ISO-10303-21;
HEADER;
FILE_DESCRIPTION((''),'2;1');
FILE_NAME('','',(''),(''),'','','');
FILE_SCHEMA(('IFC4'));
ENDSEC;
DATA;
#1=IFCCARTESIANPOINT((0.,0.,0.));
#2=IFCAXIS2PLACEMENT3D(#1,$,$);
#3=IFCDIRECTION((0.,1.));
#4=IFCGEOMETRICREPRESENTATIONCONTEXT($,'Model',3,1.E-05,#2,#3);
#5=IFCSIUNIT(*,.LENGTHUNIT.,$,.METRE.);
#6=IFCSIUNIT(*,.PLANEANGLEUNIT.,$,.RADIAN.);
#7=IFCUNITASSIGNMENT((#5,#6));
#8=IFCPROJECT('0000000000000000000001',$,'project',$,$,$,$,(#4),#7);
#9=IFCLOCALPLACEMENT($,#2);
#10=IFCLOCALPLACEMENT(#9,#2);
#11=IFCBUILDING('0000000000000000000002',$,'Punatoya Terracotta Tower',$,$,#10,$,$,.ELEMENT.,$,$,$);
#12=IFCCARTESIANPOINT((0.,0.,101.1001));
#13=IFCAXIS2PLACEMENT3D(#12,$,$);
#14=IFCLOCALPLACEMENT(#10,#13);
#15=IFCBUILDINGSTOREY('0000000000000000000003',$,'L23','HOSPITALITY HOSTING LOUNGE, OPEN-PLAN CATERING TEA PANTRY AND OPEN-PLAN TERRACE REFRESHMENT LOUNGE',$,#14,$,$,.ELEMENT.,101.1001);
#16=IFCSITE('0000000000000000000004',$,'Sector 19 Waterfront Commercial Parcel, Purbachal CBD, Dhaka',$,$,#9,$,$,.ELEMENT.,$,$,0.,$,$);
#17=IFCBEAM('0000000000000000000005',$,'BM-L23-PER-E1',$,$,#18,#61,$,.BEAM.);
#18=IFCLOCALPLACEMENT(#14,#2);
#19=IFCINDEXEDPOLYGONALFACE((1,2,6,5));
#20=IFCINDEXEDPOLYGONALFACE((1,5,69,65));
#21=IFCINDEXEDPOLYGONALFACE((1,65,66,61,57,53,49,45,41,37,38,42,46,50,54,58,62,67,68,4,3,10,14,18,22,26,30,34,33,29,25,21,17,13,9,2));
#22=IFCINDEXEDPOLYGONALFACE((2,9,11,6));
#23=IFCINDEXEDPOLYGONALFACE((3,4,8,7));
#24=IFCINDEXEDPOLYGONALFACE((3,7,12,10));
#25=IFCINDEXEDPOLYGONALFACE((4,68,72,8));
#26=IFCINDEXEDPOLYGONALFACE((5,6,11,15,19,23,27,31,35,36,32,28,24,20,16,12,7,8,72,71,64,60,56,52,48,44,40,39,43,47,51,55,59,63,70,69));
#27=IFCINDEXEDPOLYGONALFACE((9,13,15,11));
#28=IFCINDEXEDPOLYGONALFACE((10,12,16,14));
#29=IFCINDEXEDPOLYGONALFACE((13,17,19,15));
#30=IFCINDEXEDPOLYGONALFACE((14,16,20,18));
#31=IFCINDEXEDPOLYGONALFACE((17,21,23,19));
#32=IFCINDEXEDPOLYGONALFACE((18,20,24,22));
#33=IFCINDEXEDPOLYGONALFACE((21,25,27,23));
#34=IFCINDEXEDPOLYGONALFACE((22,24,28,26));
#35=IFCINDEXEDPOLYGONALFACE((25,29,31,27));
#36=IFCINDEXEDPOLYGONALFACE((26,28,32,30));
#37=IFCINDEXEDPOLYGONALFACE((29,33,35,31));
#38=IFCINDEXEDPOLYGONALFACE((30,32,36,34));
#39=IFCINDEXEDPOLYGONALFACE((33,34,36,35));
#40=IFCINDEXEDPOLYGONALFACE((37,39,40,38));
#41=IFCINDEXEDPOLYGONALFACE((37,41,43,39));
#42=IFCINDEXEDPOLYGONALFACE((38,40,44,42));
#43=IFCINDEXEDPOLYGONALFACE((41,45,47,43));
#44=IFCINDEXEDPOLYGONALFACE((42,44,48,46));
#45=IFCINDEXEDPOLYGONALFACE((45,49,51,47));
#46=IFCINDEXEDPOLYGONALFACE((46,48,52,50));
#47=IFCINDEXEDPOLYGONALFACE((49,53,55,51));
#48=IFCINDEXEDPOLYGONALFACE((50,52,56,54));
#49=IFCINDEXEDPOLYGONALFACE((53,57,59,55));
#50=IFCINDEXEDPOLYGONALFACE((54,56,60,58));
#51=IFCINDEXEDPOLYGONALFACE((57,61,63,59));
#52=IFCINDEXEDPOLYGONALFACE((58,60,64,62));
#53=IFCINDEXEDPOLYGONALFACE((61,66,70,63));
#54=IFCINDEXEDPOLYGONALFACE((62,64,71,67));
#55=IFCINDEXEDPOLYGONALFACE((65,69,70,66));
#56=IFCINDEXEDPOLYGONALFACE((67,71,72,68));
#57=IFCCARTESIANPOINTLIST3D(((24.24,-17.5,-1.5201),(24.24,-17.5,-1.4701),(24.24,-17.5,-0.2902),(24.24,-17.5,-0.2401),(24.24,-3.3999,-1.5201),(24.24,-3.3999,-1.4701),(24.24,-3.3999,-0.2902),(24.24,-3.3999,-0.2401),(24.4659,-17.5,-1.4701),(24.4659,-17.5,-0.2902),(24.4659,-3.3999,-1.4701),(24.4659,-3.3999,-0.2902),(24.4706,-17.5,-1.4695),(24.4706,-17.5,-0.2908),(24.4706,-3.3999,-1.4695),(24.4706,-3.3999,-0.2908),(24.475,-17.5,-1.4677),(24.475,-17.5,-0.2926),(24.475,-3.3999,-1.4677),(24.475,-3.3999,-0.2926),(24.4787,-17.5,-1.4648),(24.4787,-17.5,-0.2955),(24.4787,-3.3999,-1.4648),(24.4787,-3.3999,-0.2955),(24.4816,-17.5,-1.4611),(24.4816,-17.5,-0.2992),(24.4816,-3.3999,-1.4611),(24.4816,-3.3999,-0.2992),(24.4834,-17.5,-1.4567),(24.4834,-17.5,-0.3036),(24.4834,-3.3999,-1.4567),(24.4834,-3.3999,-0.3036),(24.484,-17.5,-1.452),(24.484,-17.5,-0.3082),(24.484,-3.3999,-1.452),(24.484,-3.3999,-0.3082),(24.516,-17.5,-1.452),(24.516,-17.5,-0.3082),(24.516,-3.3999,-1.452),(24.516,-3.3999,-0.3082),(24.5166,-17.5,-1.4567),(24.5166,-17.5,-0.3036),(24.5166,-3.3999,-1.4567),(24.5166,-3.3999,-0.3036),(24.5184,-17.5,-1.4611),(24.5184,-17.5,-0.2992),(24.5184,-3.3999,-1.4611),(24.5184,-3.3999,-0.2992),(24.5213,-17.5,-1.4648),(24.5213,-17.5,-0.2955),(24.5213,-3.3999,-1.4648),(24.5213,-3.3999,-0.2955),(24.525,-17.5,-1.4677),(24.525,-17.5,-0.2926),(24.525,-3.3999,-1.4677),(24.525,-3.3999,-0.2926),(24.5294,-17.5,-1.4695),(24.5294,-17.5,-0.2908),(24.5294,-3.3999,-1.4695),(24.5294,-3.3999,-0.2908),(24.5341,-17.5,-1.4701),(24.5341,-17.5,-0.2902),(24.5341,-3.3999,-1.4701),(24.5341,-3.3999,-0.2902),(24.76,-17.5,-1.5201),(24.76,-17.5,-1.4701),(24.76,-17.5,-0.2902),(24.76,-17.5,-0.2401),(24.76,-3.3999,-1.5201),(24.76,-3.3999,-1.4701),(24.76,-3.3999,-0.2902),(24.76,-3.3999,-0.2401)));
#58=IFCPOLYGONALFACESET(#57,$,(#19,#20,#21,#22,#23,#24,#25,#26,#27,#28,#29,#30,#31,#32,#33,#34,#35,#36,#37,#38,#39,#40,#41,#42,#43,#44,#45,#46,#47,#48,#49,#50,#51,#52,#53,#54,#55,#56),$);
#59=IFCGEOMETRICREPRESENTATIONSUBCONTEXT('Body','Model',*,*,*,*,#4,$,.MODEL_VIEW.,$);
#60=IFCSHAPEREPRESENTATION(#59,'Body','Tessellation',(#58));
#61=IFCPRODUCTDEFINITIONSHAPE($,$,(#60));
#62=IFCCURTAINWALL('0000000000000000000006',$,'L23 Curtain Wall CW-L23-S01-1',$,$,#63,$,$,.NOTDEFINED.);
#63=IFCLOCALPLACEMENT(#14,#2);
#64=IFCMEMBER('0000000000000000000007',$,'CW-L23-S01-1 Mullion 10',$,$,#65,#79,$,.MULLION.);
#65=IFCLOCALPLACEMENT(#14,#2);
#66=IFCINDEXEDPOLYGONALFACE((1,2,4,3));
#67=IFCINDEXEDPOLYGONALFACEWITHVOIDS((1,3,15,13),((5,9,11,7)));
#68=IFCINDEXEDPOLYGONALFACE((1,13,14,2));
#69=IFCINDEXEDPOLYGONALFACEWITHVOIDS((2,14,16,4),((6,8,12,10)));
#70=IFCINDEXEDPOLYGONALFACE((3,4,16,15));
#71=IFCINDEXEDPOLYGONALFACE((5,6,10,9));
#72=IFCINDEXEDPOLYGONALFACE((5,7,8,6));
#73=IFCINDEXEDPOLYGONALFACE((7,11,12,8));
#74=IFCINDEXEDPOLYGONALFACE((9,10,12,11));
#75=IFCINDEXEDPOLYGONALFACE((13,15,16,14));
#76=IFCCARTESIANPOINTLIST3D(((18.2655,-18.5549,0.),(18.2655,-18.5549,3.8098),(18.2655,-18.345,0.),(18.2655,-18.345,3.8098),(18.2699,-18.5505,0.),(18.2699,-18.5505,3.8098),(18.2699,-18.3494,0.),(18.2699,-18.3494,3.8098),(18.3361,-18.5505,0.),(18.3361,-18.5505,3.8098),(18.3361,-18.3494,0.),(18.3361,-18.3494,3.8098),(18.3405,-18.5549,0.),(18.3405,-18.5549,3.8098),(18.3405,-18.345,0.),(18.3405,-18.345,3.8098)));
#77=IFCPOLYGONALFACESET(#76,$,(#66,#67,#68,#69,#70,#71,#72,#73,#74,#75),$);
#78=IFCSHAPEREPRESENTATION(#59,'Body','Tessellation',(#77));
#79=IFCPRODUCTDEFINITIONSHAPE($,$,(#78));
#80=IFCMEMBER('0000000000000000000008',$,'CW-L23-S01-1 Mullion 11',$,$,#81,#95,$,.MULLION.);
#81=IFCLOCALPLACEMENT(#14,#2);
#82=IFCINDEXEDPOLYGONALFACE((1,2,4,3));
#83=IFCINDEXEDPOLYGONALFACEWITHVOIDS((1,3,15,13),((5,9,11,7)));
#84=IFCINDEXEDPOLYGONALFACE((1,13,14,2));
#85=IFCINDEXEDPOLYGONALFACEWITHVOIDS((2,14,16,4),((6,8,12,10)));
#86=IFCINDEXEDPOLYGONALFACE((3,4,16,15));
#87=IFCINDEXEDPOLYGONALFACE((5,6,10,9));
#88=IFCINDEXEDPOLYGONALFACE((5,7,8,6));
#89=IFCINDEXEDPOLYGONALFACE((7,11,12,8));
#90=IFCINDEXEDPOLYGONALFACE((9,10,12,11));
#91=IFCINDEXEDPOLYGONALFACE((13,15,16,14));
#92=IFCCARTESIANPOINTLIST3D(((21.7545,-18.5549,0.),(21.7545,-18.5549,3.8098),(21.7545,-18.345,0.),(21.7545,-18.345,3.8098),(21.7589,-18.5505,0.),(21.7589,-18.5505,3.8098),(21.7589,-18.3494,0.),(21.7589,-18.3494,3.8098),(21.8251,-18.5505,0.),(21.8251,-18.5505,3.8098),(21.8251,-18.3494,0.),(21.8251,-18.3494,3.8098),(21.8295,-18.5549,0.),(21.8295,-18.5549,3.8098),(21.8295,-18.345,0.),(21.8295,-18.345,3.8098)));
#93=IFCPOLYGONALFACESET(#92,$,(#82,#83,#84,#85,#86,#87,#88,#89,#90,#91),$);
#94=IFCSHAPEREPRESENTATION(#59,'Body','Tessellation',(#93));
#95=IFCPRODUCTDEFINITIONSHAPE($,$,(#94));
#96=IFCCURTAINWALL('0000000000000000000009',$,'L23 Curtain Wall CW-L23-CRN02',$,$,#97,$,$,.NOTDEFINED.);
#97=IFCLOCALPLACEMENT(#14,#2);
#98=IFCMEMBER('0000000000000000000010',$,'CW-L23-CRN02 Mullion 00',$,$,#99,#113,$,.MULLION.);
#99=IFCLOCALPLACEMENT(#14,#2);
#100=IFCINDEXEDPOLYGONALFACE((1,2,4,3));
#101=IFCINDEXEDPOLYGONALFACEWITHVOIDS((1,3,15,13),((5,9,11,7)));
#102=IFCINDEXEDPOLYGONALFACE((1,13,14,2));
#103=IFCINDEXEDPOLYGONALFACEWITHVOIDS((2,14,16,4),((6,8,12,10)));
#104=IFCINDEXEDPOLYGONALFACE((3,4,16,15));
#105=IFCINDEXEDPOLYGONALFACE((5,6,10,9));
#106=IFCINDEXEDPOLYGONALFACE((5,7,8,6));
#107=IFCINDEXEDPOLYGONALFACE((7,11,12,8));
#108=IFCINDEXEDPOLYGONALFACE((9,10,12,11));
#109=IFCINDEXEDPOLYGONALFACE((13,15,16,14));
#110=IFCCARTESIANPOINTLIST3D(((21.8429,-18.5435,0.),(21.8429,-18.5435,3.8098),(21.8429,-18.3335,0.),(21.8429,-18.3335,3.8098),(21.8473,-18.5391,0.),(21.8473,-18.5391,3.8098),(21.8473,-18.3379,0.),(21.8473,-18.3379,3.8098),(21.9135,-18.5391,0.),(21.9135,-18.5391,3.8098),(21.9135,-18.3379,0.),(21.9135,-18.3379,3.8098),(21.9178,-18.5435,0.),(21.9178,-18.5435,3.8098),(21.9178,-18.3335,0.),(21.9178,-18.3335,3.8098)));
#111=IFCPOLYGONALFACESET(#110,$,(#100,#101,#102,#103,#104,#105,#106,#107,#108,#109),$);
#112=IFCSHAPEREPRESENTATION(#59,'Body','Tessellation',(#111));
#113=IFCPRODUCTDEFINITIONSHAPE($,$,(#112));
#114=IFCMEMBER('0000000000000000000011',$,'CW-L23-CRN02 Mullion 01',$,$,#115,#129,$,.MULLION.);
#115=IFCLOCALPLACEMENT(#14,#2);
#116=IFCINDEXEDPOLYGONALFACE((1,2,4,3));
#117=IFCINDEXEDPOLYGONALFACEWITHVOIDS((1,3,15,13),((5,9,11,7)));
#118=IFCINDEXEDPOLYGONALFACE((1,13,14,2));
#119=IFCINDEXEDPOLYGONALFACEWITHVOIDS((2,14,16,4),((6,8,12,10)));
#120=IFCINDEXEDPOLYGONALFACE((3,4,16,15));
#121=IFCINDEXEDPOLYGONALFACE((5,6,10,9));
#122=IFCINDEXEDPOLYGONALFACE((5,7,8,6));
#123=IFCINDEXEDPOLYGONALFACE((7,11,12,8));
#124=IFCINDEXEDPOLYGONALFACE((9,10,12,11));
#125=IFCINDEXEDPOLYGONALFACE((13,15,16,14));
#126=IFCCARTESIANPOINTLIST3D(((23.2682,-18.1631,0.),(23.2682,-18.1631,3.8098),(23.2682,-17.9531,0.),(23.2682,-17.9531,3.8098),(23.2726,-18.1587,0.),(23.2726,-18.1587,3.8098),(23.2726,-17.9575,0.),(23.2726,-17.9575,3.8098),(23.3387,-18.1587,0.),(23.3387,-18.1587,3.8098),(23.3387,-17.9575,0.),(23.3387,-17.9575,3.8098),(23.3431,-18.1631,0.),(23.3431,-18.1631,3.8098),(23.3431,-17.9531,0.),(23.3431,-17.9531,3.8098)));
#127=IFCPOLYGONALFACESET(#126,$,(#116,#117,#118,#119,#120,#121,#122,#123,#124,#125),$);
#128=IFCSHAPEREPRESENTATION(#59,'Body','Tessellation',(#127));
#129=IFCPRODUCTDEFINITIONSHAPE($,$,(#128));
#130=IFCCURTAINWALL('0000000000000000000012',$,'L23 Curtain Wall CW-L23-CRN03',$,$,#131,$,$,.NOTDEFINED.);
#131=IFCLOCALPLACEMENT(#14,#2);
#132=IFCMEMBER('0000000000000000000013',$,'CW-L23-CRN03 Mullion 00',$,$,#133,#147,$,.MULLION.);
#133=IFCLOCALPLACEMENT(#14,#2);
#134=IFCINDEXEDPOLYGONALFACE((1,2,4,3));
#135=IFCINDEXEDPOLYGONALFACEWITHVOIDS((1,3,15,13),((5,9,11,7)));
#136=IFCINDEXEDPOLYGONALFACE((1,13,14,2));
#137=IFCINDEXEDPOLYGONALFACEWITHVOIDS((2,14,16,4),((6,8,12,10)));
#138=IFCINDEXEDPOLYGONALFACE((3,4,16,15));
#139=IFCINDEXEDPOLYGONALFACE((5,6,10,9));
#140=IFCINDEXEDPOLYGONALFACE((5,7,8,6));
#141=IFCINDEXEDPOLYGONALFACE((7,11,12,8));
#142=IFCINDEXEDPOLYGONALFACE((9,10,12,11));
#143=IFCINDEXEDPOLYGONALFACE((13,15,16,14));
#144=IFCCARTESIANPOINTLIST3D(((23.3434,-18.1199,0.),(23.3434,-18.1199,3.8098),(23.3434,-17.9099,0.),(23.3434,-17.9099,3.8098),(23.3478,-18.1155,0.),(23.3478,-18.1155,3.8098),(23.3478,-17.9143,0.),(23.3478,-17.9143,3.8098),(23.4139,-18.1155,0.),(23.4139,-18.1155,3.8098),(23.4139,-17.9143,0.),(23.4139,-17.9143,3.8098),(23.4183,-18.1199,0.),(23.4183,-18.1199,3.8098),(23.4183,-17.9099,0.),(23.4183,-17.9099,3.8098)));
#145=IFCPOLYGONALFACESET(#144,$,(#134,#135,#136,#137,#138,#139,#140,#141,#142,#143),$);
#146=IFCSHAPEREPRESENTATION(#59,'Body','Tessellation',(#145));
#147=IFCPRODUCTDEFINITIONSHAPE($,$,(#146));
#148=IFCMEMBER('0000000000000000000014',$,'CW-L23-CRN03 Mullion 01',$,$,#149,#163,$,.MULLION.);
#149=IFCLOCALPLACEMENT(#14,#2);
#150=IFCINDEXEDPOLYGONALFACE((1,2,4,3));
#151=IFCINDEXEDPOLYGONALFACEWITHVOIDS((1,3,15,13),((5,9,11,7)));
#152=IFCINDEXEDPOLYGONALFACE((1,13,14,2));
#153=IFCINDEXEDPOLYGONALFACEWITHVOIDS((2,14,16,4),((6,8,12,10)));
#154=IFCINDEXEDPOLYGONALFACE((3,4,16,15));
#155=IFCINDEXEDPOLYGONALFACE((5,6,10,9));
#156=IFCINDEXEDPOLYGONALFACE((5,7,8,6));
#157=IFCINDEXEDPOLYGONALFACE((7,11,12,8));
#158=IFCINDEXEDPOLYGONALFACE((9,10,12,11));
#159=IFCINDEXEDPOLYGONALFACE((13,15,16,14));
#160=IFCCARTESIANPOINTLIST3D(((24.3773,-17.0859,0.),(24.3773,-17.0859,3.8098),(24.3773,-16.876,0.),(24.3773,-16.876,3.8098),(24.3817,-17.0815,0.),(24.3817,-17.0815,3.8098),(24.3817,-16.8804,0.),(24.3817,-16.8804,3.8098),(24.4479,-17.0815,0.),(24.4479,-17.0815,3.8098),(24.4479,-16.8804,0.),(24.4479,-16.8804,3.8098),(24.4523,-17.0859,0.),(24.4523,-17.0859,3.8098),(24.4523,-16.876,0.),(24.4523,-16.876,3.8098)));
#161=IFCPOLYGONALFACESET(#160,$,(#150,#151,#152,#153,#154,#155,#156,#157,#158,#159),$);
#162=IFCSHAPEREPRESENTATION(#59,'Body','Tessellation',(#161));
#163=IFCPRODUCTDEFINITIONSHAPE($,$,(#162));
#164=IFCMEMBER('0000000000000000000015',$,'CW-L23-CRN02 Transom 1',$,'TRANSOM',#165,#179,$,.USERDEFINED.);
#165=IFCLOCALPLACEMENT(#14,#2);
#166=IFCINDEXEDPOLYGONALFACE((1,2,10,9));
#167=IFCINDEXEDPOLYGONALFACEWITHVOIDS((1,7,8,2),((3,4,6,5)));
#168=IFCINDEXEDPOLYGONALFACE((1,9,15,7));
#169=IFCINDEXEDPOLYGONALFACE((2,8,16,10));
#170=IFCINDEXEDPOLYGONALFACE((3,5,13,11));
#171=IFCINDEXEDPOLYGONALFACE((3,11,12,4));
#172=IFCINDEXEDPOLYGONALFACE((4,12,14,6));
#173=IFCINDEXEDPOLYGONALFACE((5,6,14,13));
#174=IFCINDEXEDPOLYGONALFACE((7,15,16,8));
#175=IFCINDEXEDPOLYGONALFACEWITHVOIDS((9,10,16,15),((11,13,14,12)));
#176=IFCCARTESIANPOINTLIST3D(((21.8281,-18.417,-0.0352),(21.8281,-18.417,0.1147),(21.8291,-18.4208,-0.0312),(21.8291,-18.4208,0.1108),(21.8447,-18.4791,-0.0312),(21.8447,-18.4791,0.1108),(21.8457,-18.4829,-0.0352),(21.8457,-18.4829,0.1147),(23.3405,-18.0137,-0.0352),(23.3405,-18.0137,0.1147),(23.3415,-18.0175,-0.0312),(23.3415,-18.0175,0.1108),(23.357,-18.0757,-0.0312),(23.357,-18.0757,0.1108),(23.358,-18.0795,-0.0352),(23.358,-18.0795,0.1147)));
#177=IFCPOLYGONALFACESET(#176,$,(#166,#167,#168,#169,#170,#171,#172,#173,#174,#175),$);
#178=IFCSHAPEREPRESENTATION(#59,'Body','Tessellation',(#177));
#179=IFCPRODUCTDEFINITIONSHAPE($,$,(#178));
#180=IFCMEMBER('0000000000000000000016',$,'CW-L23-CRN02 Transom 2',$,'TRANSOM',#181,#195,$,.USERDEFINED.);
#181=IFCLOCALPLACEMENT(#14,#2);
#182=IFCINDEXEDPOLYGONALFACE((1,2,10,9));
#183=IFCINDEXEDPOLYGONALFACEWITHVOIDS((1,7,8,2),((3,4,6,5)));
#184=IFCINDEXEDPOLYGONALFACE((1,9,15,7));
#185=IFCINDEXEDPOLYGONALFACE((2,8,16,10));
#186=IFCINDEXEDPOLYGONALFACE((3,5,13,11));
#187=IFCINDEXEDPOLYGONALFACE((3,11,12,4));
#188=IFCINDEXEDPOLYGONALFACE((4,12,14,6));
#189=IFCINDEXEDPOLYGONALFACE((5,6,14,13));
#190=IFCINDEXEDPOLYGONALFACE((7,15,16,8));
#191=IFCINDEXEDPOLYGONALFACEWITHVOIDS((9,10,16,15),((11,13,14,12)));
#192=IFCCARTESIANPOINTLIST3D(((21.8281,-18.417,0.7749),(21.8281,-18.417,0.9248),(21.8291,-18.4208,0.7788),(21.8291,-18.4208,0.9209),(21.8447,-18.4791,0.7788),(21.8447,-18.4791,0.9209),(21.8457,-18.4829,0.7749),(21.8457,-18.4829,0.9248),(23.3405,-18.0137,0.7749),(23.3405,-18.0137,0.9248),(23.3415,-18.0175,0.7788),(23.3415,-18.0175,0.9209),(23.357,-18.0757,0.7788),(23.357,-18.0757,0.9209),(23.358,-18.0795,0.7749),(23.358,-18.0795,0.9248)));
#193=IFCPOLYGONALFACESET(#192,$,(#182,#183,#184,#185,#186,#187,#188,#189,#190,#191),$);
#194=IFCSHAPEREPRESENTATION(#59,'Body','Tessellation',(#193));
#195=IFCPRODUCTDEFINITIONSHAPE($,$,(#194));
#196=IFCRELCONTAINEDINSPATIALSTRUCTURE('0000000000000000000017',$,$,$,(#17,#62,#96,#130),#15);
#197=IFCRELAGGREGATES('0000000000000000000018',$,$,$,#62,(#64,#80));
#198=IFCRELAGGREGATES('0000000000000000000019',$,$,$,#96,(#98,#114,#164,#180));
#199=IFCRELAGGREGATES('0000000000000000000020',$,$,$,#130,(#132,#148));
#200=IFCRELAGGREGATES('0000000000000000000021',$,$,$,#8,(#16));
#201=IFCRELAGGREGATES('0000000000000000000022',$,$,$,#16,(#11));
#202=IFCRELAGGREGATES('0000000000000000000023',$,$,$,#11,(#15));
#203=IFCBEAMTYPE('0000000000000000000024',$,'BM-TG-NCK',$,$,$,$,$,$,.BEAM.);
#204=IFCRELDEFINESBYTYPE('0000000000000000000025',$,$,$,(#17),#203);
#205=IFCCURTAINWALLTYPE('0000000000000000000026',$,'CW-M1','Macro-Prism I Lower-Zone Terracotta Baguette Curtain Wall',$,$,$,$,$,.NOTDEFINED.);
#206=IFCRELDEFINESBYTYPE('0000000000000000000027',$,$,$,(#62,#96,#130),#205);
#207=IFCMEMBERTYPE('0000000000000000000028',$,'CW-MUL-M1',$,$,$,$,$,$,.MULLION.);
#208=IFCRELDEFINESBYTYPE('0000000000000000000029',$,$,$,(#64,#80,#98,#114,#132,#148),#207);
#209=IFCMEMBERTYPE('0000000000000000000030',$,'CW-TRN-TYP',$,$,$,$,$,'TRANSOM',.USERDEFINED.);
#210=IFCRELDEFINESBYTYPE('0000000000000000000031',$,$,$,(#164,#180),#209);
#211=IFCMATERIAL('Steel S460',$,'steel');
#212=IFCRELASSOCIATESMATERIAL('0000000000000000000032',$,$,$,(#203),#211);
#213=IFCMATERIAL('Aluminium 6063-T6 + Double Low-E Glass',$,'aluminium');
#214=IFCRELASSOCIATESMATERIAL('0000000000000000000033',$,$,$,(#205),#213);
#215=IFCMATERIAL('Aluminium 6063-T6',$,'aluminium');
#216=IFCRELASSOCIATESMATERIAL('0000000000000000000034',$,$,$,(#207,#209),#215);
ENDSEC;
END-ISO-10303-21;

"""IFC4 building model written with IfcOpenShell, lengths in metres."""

from ifc_helpers import new_model, si_unit, direction, frame, origin, origin_2d, place, context, subcontext, project, spatial, hollow_rectangle, i_section, extrude, material, material_profile, profile_set, type_object, element, aggregate, save


model = new_model("IFC4")

# Units and contexts
model_context = context("Model", 3, precision=1e-05, world=origin(), true_north=direction((0.0, 1.0)))
body_context = subcontext(model_context, "Body", "Model", "MODEL_VIEW")
ifc_project = project(units=[si_unit("LENGTHUNIT", "METRE"), si_unit("PLANEANGLEUNIT", "RADIAN")], contexts=[model_context])

# Site, building, storey
site_placement = place(None, origin())
site = spatial("IfcSite", under=ifc_project, at=site_placement, Name="Sector 19 Waterfront Commercial Parcel, Purbachal CBD, Dhaka", CompositionType="ELEMENT", RefElevation=0.0)
building_placement = place(site_placement, origin())
building = spatial("IfcBuilding", under=site, at=building_placement, Name="Punatoya Terracotta Tower", CompositionType="ELEMENT")
storey_placement = place(building_placement, frame((0.0, 0.0, 101.1001)))
storey = spatial("IfcBuildingStorey", under=building, at=storey_placement, Name="L23", Description="HOSPITALITY HOSTING LOUNGE, OPEN-PLAN CATERING TEA PANTRY AND OPEN-PLAN TERRACE REFRESHMENT LOUNGE", CompositionType="ELEMENT", Elevation=101.1001)

# Shared definitions
ifc_material_1 = material(Name="Steel S460", Category="steel")

# Beam
ifc_material_profile_1 = material_profile(ifc_material_1, i_section(OverallWidth=0.52, OverallDepth=1.28, WebThickness=0.032, FlangeThickness=0.05, FilletRadius=0.0181, at=origin_2d()))
ifc_profile_set_1 = profile_set([ifc_material_profile_1], Name="Steel S460")
beam_type_1 = type_object("IfcBeamType", Name="BM-TG-NCK", PredefinedType="BEAM", material=ifc_profile_set_1)
beam_1_placement = place(storey_placement, frame((24.5, -17.5, -0.8801), z_axis=(0.0, 1.0, 0.0), x_axis=(-1.0, 0.0, 0.0)))
element("IfcBeam", 1, at=beam_1_placement, inside=storey, type_object=beam_type_1, Name="BM-L23-PER-E1", PredefinedType="BEAM", context=body_context, shape_type="SweptSolid", body=[
    extrude(i_section(OverallWidth=0.52, OverallDepth=1.28, WebThickness=0.032, FlangeThickness=0.05, FilletRadius=0.0181, at=origin_2d()), origin(), (0.0, 0.0, 1.0), 14.1001),
])

# Curtain walls, members
ifc_material_2 = material(Name="Aluminium 6063-T6 + Double Low-E Glass", Category="aluminium")
curtain_wall_type = type_object("IfcCurtainWallType", Name="CW-M1", Description="Macro-Prism I Lower-Zone Terracotta Baguette Curtain Wall", PredefinedType="NOTDEFINED", material=ifc_material_2)
curtain_wall_1_placement = place(storey_placement, origin())
curtain_wall_1 = element("IfcCurtainWall", 2, at=curtain_wall_1_placement, inside=storey, type_object=curtain_wall_type, Name="L23 Curtain Wall CW-L23-S01-1", PredefinedType="NOTDEFINED")
ifc_material_3 = material(Name="Aluminium 6063-T6", Category="aluminium")
ifc_material_profile_2 = material_profile(ifc_material_3, hollow_rectangle(XDim=0.075, YDim=0.21, WallThickness=0.0044, at=origin_2d()))
ifc_profile_set_2 = profile_set([ifc_material_profile_2], Name="Aluminium 6063-T6")
member_type_1 = type_object("IfcMemberType", Name="CW-MUL-M1", PredefinedType="MULLION", material=ifc_profile_set_2)
member_1_placement = place(storey_placement, frame((18.303, -18.45, 0.0), z_axis=(0.0, 0.0, 1.0), x_axis=(1.0, 0.0, 0.0)))
member_1 = element("IfcMember", 3, at=member_1_placement, type_object=member_type_1, Name="CW-L23-S01-1 Mullion 10", PredefinedType="MULLION", context=body_context, shape_type="SweptSolid", body=[
    extrude(hollow_rectangle(XDim=0.075, YDim=0.21, WallThickness=0.0044, at=origin_2d()), origin(), (0.0, 0.0, 1.0), 3.8098),
])
member_2_placement = place(storey_placement, frame((21.792, -18.45, 0.0), z_axis=(0.0, 0.0, 1.0), x_axis=(1.0, 0.0, 0.0)))
member_2 = element("IfcMember", 4, at=member_2_placement, type_object=member_type_1, Name="CW-L23-S01-1 Mullion 11", PredefinedType="MULLION", context=body_context, shape_type="SweptSolid", body=[
    extrude(hollow_rectangle(XDim=0.075, YDim=0.21, WallThickness=0.0044, at=origin_2d()), origin(), (0.0, 0.0, 1.0), 3.8098),
])
curtain_wall_2_placement = place(storey_placement, origin())
curtain_wall_2 = element("IfcCurtainWall", 5, at=curtain_wall_2_placement, inside=storey, type_object=curtain_wall_type, Name="L23 Curtain Wall CW-L23-CRN02", PredefinedType="NOTDEFINED")
member_3_placement = place(storey_placement, frame((21.8804, -18.4385, 0.0), z_axis=(0.0, 0.0, 1.0), x_axis=(1.0, 0.0, 0.0)))
member_3 = element("IfcMember", 6, at=member_3_placement, type_object=member_type_1, Name="CW-L23-CRN02 Mullion 00", PredefinedType="MULLION", context=body_context, shape_type="SweptSolid", body=[
    extrude(hollow_rectangle(XDim=0.075, YDim=0.21, WallThickness=0.0044, at=origin_2d()), origin(), (0.0, 0.0, 1.0), 3.8098),
])
member_4_placement = place(storey_placement, frame((23.3057, -18.0581, 0.0), z_axis=(0.0, 0.0, 1.0), x_axis=(1.0, 0.0, 0.0)))
member_4 = element("IfcMember", 7, at=member_4_placement, type_object=member_type_1, Name="CW-L23-CRN02 Mullion 01", PredefinedType="MULLION", context=body_context, shape_type="SweptSolid", body=[
    extrude(hollow_rectangle(XDim=0.075, YDim=0.21, WallThickness=0.0044, at=origin_2d()), origin(), (0.0, 0.0, 1.0), 3.8098),
])
curtain_wall_3_placement = place(storey_placement, origin())
curtain_wall_3 = element("IfcCurtainWall", 8, at=curtain_wall_3_placement, inside=storey, type_object=curtain_wall_type, Name="L23 Curtain Wall CW-L23-CRN03", PredefinedType="NOTDEFINED")
member_5_placement = place(storey_placement, frame((23.3809, -18.0149, 0.0), z_axis=(0.0, 0.0, 1.0), x_axis=(1.0, 0.0, 0.0)))
member_5 = element("IfcMember", 9, at=member_5_placement, type_object=member_type_1, Name="CW-L23-CRN03 Mullion 00", PredefinedType="MULLION", context=body_context, shape_type="SweptSolid", body=[
    extrude(hollow_rectangle(XDim=0.075, YDim=0.21, WallThickness=0.0044, at=origin_2d()), origin(), (0.0, 0.0, 1.0), 3.8098),
])
member_6_placement = place(storey_placement, frame((24.4148, -16.981, 0.0), z_axis=(0.0, 0.0, 1.0), x_axis=(1.0, 0.0, 0.0)))
member_6 = element("IfcMember", 10, at=member_6_placement, type_object=member_type_1, Name="CW-L23-CRN03 Mullion 01", PredefinedType="MULLION", context=body_context, shape_type="SweptSolid", body=[
    extrude(hollow_rectangle(XDim=0.075, YDim=0.21, WallThickness=0.0044, at=origin_2d()), origin(), (0.0, 0.0, 1.0), 3.8098),
])

# Members
ifc_material_profile_3 = material_profile(ifc_material_3, hollow_rectangle(XDim=0.0681, YDim=0.1499, WallThickness=0.0039, at=origin_2d()))
ifc_profile_set_3 = profile_set([ifc_material_profile_3], Name="Aluminium 6063-T6")
member_type_2 = type_object("IfcMemberType", Name="CW-TRN-TYP", ElementType="TRANSOM", PredefinedType="USERDEFINED", material=ifc_profile_set_3)
member_7_placement = place(storey_placement, frame((21.8369, -18.45, 0.0398), z_axis=(0.966225, 0.257701, 0.0), x_axis=(-0.257701, 0.966225, 0.0)))
member_7 = element("IfcMember", 11, at=member_7_placement, type_object=member_type_2, Name="CW-L23-CRN02 Transom 1", ObjectType="TRANSOM", PredefinedType="USERDEFINED", context=body_context, shape_type="SweptSolid", body=[
    extrude(hollow_rectangle(XDim=0.0681, YDim=0.1499, WallThickness=0.0039, at=origin_2d()), origin(), (0.0, 0.0, 1.0), 1.5652),
])
member_8_placement = place(storey_placement, frame((21.8369, -18.45, 0.8499), z_axis=(0.966225, 0.257701, 0.0), x_axis=(-0.257701, 0.966225, 0.0)))
member_8 = element("IfcMember", 12, at=member_8_placement, type_object=member_type_2, Name="CW-L23-CRN02 Transom 2", ObjectType="TRANSOM", PredefinedType="USERDEFINED", context=body_context, shape_type="SweptSolid", body=[
    extrude(hollow_rectangle(XDim=0.0681, YDim=0.1499, WallThickness=0.0039, at=origin_2d()), origin(), (0.0, 0.0, 1.0), 1.5652),
])

aggregate(curtain_wall_1, [member_1, member_2])
aggregate(curtain_wall_2, [member_3, member_4, member_7, member_8])
aggregate(curtain_wall_3, [member_5, member_6])

save(model, "model.ifc")
